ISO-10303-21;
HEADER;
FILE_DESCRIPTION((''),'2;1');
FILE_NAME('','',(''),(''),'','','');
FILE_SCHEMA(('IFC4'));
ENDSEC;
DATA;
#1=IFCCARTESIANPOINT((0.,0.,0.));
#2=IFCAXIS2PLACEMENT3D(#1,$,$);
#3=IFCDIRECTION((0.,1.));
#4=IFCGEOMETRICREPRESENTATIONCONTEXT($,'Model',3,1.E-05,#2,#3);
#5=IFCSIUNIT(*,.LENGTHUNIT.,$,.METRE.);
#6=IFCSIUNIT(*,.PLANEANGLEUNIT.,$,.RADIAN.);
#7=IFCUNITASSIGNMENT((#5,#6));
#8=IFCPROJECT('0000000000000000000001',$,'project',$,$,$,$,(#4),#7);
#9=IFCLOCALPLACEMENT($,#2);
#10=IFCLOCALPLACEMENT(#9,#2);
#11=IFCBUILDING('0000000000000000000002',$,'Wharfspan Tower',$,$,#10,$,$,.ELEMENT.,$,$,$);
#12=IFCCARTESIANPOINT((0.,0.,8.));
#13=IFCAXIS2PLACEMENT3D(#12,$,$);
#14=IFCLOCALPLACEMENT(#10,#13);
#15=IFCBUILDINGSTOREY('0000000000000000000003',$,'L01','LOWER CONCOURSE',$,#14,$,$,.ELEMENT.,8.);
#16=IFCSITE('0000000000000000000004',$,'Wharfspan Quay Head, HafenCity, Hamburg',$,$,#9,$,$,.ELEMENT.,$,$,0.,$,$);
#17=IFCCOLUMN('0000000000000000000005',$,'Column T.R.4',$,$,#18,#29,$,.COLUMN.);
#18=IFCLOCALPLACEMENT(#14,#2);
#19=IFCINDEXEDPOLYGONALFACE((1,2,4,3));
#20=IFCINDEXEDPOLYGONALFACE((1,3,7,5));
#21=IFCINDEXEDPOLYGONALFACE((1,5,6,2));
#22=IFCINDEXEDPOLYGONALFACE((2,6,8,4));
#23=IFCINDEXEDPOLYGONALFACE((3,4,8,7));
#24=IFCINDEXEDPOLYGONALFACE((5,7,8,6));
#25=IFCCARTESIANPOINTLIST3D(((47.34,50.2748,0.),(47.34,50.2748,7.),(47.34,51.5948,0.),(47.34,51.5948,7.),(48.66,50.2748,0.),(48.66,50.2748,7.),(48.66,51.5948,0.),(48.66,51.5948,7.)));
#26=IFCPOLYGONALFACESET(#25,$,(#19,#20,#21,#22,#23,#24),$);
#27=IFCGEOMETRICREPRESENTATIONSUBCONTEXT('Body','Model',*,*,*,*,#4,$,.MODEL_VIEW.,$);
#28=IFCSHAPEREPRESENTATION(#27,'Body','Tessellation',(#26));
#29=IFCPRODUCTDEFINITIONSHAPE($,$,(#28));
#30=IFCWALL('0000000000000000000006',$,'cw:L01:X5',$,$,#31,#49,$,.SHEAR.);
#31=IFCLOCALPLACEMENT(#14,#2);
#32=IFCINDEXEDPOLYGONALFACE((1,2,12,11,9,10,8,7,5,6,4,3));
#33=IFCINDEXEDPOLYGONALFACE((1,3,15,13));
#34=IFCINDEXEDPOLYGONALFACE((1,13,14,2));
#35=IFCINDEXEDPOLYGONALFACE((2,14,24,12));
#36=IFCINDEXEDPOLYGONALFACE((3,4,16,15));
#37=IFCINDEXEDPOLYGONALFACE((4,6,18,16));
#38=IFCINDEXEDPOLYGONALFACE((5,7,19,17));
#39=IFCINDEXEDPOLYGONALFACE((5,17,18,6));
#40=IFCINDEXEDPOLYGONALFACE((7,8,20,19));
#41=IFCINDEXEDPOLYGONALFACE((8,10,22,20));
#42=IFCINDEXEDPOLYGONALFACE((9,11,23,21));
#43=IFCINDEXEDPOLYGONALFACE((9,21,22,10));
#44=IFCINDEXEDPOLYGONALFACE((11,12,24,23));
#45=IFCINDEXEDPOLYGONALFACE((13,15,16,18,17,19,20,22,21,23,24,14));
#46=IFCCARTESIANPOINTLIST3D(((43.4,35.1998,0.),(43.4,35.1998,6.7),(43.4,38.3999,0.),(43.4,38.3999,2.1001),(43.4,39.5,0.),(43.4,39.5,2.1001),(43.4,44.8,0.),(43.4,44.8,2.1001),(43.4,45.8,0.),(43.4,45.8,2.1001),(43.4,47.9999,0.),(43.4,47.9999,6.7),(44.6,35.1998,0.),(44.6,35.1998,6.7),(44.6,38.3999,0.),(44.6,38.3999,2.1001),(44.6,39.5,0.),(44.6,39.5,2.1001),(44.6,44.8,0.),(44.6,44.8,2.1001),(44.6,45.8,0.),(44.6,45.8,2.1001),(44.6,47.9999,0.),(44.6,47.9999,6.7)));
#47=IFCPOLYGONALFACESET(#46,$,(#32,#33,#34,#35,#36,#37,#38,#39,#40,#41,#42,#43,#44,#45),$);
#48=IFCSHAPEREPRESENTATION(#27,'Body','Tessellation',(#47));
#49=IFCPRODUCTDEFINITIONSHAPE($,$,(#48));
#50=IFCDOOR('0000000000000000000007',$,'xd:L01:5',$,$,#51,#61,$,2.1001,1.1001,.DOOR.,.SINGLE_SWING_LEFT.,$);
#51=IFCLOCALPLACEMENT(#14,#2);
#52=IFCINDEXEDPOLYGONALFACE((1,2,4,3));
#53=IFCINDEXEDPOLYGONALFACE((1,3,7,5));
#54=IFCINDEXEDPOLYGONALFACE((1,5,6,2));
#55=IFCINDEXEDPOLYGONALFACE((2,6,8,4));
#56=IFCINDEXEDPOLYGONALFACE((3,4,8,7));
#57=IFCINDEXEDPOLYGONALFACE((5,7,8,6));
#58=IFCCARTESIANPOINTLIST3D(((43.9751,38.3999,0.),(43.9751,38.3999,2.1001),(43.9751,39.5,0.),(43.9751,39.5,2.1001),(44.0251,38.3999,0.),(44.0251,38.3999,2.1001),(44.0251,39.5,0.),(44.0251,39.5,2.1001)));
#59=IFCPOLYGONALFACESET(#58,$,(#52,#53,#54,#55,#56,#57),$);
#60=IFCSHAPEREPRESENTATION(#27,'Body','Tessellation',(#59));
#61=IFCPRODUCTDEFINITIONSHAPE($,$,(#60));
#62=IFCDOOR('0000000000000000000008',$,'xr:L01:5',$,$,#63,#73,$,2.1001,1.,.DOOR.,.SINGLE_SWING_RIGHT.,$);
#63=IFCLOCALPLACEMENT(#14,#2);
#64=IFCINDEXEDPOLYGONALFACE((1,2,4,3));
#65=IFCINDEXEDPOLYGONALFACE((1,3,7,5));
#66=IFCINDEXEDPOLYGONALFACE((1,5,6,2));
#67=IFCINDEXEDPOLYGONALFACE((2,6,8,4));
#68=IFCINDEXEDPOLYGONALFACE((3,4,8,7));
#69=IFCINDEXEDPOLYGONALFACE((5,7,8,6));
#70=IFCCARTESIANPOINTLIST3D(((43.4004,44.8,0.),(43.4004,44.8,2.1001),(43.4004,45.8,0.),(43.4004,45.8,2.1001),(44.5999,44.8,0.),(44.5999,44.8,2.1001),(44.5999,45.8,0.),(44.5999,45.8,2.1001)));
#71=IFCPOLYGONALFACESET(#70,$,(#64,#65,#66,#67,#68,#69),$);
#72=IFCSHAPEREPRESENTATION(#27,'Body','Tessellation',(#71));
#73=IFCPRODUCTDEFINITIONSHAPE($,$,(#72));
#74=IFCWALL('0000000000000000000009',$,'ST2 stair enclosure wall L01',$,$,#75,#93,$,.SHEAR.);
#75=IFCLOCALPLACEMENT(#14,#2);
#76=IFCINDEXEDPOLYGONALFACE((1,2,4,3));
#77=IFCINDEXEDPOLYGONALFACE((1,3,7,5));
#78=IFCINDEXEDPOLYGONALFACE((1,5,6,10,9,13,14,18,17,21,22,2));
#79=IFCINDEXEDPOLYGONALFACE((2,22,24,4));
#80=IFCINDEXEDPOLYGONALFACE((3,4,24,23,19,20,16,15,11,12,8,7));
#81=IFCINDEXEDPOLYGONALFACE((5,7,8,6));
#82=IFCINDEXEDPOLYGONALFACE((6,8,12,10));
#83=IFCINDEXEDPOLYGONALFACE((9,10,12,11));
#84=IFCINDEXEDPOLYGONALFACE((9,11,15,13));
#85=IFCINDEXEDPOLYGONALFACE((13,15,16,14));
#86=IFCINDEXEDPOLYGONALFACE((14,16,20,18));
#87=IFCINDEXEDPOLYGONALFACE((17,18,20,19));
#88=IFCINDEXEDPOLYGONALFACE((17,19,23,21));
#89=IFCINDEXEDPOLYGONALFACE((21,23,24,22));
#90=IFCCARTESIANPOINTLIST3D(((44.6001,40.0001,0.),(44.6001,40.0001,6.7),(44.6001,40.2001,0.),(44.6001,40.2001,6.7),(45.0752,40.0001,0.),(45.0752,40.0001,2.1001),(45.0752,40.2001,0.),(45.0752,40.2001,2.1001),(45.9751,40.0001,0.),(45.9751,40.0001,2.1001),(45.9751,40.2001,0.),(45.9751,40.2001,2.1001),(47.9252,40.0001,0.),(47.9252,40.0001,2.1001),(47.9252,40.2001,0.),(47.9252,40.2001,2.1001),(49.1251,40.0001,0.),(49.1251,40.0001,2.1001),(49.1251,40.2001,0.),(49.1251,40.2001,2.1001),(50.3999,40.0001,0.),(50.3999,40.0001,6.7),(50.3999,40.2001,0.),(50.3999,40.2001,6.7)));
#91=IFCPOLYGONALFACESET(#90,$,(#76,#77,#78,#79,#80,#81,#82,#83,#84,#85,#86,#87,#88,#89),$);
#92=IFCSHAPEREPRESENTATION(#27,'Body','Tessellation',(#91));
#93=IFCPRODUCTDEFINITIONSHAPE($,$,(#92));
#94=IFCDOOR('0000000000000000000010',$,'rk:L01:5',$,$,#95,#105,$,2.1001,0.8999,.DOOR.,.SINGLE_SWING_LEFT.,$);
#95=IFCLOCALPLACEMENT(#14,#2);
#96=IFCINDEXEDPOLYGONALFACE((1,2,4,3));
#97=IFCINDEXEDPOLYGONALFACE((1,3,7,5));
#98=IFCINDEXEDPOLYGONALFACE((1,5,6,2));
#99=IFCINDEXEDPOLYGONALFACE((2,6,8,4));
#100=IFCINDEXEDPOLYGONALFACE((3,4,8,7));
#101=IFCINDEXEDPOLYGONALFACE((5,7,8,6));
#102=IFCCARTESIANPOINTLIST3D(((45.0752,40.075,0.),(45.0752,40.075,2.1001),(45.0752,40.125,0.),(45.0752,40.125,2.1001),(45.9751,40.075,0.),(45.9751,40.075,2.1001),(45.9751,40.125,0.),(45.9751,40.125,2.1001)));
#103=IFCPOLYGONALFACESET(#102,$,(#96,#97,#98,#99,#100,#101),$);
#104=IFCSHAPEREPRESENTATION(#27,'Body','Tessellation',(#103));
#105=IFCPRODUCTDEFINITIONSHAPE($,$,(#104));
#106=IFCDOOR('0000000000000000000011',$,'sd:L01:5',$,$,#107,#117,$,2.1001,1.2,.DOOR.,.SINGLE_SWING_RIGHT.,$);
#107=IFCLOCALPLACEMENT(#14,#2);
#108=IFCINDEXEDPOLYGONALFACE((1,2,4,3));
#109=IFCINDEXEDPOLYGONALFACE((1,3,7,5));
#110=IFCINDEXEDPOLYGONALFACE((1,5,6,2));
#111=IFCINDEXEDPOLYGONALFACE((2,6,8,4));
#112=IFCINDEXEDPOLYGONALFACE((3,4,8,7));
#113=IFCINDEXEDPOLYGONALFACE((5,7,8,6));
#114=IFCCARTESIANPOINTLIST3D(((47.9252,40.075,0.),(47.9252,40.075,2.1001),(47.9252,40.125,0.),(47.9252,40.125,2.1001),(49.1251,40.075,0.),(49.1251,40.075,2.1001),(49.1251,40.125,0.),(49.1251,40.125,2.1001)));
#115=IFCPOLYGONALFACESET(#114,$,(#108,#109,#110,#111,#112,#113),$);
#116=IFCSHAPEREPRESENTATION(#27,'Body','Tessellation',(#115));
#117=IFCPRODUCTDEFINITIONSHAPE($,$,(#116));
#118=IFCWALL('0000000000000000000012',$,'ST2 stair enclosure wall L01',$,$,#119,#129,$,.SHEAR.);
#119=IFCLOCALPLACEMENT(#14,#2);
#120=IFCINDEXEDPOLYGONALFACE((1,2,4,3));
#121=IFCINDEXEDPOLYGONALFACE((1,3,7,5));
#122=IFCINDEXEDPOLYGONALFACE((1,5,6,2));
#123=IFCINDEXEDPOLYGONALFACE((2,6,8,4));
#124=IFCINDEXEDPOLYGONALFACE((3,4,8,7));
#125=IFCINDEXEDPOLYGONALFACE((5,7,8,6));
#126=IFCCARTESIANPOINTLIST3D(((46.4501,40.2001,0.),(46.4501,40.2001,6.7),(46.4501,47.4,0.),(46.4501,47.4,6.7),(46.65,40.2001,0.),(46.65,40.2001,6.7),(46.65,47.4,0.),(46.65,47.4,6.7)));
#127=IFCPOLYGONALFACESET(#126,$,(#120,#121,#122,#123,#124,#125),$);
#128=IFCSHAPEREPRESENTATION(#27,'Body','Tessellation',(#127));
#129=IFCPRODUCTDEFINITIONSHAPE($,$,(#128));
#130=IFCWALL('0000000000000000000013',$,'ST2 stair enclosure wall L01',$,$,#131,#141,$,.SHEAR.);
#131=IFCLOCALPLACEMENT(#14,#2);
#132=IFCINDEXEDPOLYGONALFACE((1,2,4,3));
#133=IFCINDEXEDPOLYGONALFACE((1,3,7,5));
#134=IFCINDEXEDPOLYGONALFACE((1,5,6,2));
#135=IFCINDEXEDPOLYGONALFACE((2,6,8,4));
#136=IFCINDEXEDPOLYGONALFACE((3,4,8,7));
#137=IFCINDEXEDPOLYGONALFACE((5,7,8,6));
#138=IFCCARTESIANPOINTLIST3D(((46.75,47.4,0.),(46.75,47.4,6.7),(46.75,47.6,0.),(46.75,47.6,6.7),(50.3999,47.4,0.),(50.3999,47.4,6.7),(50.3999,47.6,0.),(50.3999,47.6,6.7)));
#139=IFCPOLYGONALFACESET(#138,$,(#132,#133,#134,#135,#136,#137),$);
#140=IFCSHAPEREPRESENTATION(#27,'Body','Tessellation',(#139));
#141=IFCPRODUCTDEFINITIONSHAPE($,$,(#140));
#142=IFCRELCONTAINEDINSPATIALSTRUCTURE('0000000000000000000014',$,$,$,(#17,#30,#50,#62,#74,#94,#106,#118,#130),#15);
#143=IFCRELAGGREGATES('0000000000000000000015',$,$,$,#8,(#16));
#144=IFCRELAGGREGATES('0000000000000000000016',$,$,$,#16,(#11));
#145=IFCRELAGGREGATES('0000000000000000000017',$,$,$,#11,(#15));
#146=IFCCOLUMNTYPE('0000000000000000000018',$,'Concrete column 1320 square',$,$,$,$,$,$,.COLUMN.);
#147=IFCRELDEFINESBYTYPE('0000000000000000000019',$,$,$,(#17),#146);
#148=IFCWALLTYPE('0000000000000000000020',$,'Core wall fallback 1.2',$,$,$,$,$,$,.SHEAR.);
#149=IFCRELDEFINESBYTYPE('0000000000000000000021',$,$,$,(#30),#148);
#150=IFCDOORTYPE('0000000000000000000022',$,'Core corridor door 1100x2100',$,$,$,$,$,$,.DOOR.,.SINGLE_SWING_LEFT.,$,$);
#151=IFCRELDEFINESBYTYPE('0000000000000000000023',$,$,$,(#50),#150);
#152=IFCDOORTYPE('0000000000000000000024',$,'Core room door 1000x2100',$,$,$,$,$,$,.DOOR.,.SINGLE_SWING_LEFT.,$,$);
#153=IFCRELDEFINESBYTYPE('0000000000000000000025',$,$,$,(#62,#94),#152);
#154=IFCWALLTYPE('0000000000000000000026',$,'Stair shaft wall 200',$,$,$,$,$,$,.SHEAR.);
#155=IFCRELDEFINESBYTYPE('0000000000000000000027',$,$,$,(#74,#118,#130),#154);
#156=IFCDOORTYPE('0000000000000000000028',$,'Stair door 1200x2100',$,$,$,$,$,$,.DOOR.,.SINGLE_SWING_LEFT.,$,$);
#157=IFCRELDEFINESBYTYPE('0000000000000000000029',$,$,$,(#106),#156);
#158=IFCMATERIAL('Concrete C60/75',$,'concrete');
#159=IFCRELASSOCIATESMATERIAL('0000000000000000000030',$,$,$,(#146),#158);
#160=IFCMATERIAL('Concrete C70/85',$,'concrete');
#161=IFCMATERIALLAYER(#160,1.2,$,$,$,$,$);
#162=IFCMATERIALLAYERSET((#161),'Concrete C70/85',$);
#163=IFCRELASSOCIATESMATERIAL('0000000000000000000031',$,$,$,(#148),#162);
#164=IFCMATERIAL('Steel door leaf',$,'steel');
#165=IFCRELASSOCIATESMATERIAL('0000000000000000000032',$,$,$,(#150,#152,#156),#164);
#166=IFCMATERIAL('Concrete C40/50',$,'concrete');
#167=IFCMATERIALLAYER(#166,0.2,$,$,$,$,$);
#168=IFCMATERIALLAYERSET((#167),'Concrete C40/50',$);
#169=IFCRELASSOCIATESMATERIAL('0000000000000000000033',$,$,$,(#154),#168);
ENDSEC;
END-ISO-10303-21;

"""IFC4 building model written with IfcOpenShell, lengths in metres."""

from ifc_helpers import new_model, si_unit, direction, frame, frame_2d, origin, origin_2d, place, context, subcontext, project, spatial, rectangle, extrude, material, layer, layer_set, material_profile, profile_set, type_object, element, fill, save


model = new_model("IFC4")

# Units and contexts
model_context = context("Model", 3, precision=1e-05, world=origin(), true_north=direction((0.0, 1.0)))
body_context = subcontext(model_context, "Body", "Model", "MODEL_VIEW")
ifc_project = project(units=[si_unit("LENGTHUNIT", "METRE"), si_unit("PLANEANGLEUNIT", "RADIAN")], contexts=[model_context])

# Site, building, storey
site_placement = place(None, origin())
site = spatial("IfcSite", under=ifc_project, at=site_placement, Name="Wharfspan Quay Head, HafenCity, Hamburg", CompositionType="ELEMENT", RefElevation=0.0)
building_placement = place(site_placement, origin())
building = spatial("IfcBuilding", under=site, at=building_placement, Name="Wharfspan Tower", CompositionType="ELEMENT")
storey_placement = place(building_placement, frame((0.0, 0.0, 8.0)))
storey = spatial("IfcBuildingStorey", under=building, at=storey_placement, Name="L01", Description="LOWER CONCOURSE", CompositionType="ELEMENT", Elevation=8.0)

# Column
ifc_material_1 = material(Name="Concrete C60/75", Category="concrete")
ifc_material_profile = material_profile(ifc_material_1, rectangle(XDim=1.3201, YDim=1.3201, at=origin_2d()))
ifc_profile_set = profile_set([ifc_material_profile], Name="Concrete C60/75")
column_type = type_object("IfcColumnType", Name="Concrete column 1320 square", PredefinedType="COLUMN", material=ifc_profile_set)
column_placement = place(storey_placement, frame((48.0, 50.9348, 0.0), z_axis=(0.0, 0.0, 1.0), x_axis=(1.0, 0.0, 0.0)))
element("IfcColumn", 1, at=column_placement, inside=storey, type_object=column_type, Name="Column T.R.4", PredefinedType="COLUMN", context=body_context, shape_type="SweptSolid", body=[
    extrude(rectangle(XDim=1.3201, YDim=1.3201, at=origin_2d()), origin(), (0.0, 0.0, 1.0), 7.0),
])

# Walls, openings, doors
ifc_material_2 = material(Name="Concrete C70/85", Category="concrete")
ifc_layer_1 = layer(ifc_material_2, 1.2)
ifc_layer_set_1 = layer_set([ifc_layer_1], Name="Concrete C70/85")
wall_type_1 = type_object("IfcWallType", Name="Core wall fallback 1.2", PredefinedType="SHEAR", material=ifc_layer_set_1)
wall_1_placement = place(storey_placement, frame((44.0, 35.2, 0.0), z_axis=(0.0, 0.0, 1.0), x_axis=(0.0, 1.0, 0.0)))
wall_1 = element("IfcWall", 2, at=wall_1_placement, inside=storey, type_object=wall_type_1, Name="cw:L01:X5", PredefinedType="SHEAR", context=body_context, shape_type="SweptSolid", body=[
    extrude(rectangle(XDim=12.8, YDim=1.2, at=frame_2d((6.3999, 0.0))), origin(), (0.0, 0.0, 1.0), 6.7),
])
opening_1_placement = place(wall_1_placement, frame((3.2, 0.0, 0.0)))
opening_1 = element("IfcOpeningElement", 3, at=opening_1_placement, cuts=wall_1, PredefinedType="OPENING", context=body_context, shape_type="SweptSolid", body=[
    extrude(rectangle(XDim=1.1001, YDim=2.1001, at=frame_2d((0.55, 1.05))), frame((0.0, 0.6099, 0.0), z_axis=(0.0, -1.0, 0.0), x_axis=(1.0, 0.0, 0.0)), (0.0, 0.0, 1.0), 1.22),
])
opening_2_placement = place(wall_1_placement, frame((9.6001, 0.0, 0.0)))
opening_2 = element("IfcOpeningElement", 4, at=opening_2_placement, cuts=wall_1, PredefinedType="OPENING", context=body_context, shape_type="SweptSolid", body=[
    extrude(rectangle(XDim=1.0, YDim=2.1001, at=frame_2d((0.5, 1.05))), frame((0.0, 0.6099, 0.0), z_axis=(0.0, -1.0, 0.0), x_axis=(1.0, 0.0, 0.0)), (0.0, 0.0, 1.0), 1.22),
])
ifc_material_3 = material(Name="Steel door leaf", Category="steel")
door_type_1 = type_object("IfcDoorType", Name="Core corridor door 1100x2100", OperationType="SINGLE_SWING_LEFT", PredefinedType="DOOR", material=ifc_material_3)
door_1_placement = place(opening_1_placement, origin())
door_1 = element("IfcDoor", 5, at=door_1_placement, inside=storey, type_object=door_type_1, Name="xd:L01:5", OperationType="SINGLE_SWING_LEFT", OverallHeight=2.1001, OverallWidth=1.1001, PredefinedType="DOOR", context=body_context, shape_type="SweptSolid", body=[
    extrude(rectangle(XDim=1.1001, YDim=2.1001, at=frame_2d((0.55, 1.05))), frame((0.0, 0.0249, 0.0), z_axis=(0.0, -1.0, 0.0), x_axis=(1.0, 0.0, 0.0)), (0.0, 0.0, 1.0), 0.05),
])
fill(opening_1, door_1)
door_type_2 = type_object("IfcDoorType", Name="Core room door 1000x2100", OperationType="SINGLE_SWING_LEFT", PredefinedType="DOOR", material=ifc_material_3)
door_2_placement = place(opening_2_placement, origin())
door_2 = element("IfcDoor", 6, at=door_2_placement, inside=storey, type_object=door_type_2, Name="xr:L01:5", OperationType="SINGLE_SWING_RIGHT", OverallHeight=2.1001, OverallWidth=1.0, PredefinedType="DOOR", context=body_context, shape_type="SweptSolid", body=[
    extrude(rectangle(XDim=1.0, YDim=2.1001, at=frame_2d((0.5, 1.05))), frame((0.0, 0.5996, 0.0), z_axis=(0.0, -1.0, 0.0), x_axis=(1.0, 0.0, 0.0)), (0.0, 0.0, 1.0), 1.1995),
])
fill(opening_2, door_2)
ifc_material_4 = material(Name="Concrete C40/50", Category="concrete")
ifc_layer_2 = layer(ifc_material_4, 0.2)
ifc_layer_set_2 = layer_set([ifc_layer_2], Name="Concrete C40/50")
wall_type_2 = type_object("IfcWallType", Name="Stair shaft wall 200", PredefinedType="SHEAR", material=ifc_layer_set_2)
wall_2_placement = place(storey_placement, frame((44.6001, 40.1001, 0.0), z_axis=(0.0, 0.0, 1.0), x_axis=(1.0, 0.0, 0.0)))
wall_2 = element("IfcWall", 7, at=wall_2_placement, inside=storey, type_object=wall_type_2, Name="ST2 stair enclosure wall L01", PredefinedType="SHEAR", context=body_context, shape_type="SweptSolid", body=[
    extrude(rectangle(XDim=5.7998, YDim=0.2, at=frame_2d((2.8999, 0.0))), origin(), (0.0, 0.0, 1.0), 6.7),
])
opening_3_placement = place(wall_2_placement, frame((3.325, 0.0, 0.0)))
opening_3 = element("IfcOpeningElement", 8, at=opening_3_placement, cuts=wall_2, PredefinedType="OPENING", context=body_context, shape_type="SweptSolid", body=[
    extrude(rectangle(XDim=1.2, YDim=2.1001, at=frame_2d((0.6001, 1.05))), frame((0.0, 0.1099, 0.0), z_axis=(0.0, -1.0, 0.0), x_axis=(1.0, 0.0, 0.0)), (0.0, 0.0, 1.0), 0.22),
])
opening_4_placement = place(wall_2_placement, frame((0.4751, 0.0, 0.0)))
opening_4 = element("IfcOpeningElement", 9, at=opening_4_placement, cuts=wall_2, PredefinedType="OPENING", context=body_context, shape_type="SweptSolid", body=[
    extrude(rectangle(XDim=0.8999, YDim=2.1001, at=frame_2d((0.45, 1.05))), frame((0.0, 0.1099, 0.0), z_axis=(0.0, -1.0, 0.0), x_axis=(1.0, 0.0, 0.0)), (0.0, 0.0, 1.0), 0.22),
])
door_3_placement = place(opening_4_placement, origin())
door_3 = element("IfcDoor", 10, at=door_3_placement, inside=storey, type_object=door_type_2, Name="rk:L01:5", OperationType="SINGLE_SWING_LEFT", OverallHeight=2.1001, OverallWidth=0.8999, PredefinedType="DOOR", context=body_context, shape_type="SweptSolid", body=[
    extrude(rectangle(XDim=0.8999, YDim=2.1001, at=frame_2d((0.45, 1.05))), frame((0.0, 0.0249, 0.0), z_axis=(0.0, -1.0, 0.0), x_axis=(1.0, 0.0, 0.0)), (0.0, 0.0, 1.0), 0.05),
])
fill(opening_4, door_3)
door_type_3 = type_object("IfcDoorType", Name="Stair door 1200x2100", OperationType="SINGLE_SWING_LEFT", PredefinedType="DOOR", material=ifc_material_3)
door_4_placement = place(opening_3_placement, origin())
door_4 = element("IfcDoor", 11, at=door_4_placement, inside=storey, type_object=door_type_3, Name="sd:L01:5", OperationType="SINGLE_SWING_RIGHT", OverallHeight=2.1001, OverallWidth=1.2, PredefinedType="DOOR", context=body_context, shape_type="SweptSolid", body=[
    extrude(rectangle(XDim=1.2, YDim=2.1001, at=frame_2d((0.6001, 1.05))), frame((0.0, 0.0249, 0.0), z_axis=(0.0, -1.0, 0.0), x_axis=(1.0, 0.0, 0.0)), (0.0, 0.0, 1.0), 0.05),
])
fill(opening_3, door_4)

# Walls
wall_3_placement = place(storey_placement, frame((46.55, 40.2, 0.0), z_axis=(0.0, 0.0, 1.0), x_axis=(0.0, 1.0, 0.0)))
element("IfcWall", 12, at=wall_3_placement, inside=storey, type_object=wall_type_2, Name="ST2 stair enclosure wall L01", PredefinedType="SHEAR", context=body_context, shape_type="SweptSolid", body=[
    extrude(rectangle(XDim=7.2, YDim=0.2, at=frame_2d((3.6001, 0.0))), origin(), (0.0, 0.0, 1.0), 6.7),
])
wall_4_placement = place(storey_placement, frame((46.75, 47.5, 0.0), z_axis=(0.0, 0.0, 1.0), x_axis=(1.0, 0.0, 0.0)))
element("IfcWall", 13, at=wall_4_placement, inside=storey, type_object=wall_type_2, Name="ST2 stair enclosure wall L01", PredefinedType="SHEAR", context=body_context, shape_type="SweptSolid", body=[
    extrude(rectangle(XDim=3.6499, YDim=0.2, at=frame_2d((1.825, 0.0))), origin(), (0.0, 0.0, 1.0), 6.7),
])

save(model, "model.ifc")
